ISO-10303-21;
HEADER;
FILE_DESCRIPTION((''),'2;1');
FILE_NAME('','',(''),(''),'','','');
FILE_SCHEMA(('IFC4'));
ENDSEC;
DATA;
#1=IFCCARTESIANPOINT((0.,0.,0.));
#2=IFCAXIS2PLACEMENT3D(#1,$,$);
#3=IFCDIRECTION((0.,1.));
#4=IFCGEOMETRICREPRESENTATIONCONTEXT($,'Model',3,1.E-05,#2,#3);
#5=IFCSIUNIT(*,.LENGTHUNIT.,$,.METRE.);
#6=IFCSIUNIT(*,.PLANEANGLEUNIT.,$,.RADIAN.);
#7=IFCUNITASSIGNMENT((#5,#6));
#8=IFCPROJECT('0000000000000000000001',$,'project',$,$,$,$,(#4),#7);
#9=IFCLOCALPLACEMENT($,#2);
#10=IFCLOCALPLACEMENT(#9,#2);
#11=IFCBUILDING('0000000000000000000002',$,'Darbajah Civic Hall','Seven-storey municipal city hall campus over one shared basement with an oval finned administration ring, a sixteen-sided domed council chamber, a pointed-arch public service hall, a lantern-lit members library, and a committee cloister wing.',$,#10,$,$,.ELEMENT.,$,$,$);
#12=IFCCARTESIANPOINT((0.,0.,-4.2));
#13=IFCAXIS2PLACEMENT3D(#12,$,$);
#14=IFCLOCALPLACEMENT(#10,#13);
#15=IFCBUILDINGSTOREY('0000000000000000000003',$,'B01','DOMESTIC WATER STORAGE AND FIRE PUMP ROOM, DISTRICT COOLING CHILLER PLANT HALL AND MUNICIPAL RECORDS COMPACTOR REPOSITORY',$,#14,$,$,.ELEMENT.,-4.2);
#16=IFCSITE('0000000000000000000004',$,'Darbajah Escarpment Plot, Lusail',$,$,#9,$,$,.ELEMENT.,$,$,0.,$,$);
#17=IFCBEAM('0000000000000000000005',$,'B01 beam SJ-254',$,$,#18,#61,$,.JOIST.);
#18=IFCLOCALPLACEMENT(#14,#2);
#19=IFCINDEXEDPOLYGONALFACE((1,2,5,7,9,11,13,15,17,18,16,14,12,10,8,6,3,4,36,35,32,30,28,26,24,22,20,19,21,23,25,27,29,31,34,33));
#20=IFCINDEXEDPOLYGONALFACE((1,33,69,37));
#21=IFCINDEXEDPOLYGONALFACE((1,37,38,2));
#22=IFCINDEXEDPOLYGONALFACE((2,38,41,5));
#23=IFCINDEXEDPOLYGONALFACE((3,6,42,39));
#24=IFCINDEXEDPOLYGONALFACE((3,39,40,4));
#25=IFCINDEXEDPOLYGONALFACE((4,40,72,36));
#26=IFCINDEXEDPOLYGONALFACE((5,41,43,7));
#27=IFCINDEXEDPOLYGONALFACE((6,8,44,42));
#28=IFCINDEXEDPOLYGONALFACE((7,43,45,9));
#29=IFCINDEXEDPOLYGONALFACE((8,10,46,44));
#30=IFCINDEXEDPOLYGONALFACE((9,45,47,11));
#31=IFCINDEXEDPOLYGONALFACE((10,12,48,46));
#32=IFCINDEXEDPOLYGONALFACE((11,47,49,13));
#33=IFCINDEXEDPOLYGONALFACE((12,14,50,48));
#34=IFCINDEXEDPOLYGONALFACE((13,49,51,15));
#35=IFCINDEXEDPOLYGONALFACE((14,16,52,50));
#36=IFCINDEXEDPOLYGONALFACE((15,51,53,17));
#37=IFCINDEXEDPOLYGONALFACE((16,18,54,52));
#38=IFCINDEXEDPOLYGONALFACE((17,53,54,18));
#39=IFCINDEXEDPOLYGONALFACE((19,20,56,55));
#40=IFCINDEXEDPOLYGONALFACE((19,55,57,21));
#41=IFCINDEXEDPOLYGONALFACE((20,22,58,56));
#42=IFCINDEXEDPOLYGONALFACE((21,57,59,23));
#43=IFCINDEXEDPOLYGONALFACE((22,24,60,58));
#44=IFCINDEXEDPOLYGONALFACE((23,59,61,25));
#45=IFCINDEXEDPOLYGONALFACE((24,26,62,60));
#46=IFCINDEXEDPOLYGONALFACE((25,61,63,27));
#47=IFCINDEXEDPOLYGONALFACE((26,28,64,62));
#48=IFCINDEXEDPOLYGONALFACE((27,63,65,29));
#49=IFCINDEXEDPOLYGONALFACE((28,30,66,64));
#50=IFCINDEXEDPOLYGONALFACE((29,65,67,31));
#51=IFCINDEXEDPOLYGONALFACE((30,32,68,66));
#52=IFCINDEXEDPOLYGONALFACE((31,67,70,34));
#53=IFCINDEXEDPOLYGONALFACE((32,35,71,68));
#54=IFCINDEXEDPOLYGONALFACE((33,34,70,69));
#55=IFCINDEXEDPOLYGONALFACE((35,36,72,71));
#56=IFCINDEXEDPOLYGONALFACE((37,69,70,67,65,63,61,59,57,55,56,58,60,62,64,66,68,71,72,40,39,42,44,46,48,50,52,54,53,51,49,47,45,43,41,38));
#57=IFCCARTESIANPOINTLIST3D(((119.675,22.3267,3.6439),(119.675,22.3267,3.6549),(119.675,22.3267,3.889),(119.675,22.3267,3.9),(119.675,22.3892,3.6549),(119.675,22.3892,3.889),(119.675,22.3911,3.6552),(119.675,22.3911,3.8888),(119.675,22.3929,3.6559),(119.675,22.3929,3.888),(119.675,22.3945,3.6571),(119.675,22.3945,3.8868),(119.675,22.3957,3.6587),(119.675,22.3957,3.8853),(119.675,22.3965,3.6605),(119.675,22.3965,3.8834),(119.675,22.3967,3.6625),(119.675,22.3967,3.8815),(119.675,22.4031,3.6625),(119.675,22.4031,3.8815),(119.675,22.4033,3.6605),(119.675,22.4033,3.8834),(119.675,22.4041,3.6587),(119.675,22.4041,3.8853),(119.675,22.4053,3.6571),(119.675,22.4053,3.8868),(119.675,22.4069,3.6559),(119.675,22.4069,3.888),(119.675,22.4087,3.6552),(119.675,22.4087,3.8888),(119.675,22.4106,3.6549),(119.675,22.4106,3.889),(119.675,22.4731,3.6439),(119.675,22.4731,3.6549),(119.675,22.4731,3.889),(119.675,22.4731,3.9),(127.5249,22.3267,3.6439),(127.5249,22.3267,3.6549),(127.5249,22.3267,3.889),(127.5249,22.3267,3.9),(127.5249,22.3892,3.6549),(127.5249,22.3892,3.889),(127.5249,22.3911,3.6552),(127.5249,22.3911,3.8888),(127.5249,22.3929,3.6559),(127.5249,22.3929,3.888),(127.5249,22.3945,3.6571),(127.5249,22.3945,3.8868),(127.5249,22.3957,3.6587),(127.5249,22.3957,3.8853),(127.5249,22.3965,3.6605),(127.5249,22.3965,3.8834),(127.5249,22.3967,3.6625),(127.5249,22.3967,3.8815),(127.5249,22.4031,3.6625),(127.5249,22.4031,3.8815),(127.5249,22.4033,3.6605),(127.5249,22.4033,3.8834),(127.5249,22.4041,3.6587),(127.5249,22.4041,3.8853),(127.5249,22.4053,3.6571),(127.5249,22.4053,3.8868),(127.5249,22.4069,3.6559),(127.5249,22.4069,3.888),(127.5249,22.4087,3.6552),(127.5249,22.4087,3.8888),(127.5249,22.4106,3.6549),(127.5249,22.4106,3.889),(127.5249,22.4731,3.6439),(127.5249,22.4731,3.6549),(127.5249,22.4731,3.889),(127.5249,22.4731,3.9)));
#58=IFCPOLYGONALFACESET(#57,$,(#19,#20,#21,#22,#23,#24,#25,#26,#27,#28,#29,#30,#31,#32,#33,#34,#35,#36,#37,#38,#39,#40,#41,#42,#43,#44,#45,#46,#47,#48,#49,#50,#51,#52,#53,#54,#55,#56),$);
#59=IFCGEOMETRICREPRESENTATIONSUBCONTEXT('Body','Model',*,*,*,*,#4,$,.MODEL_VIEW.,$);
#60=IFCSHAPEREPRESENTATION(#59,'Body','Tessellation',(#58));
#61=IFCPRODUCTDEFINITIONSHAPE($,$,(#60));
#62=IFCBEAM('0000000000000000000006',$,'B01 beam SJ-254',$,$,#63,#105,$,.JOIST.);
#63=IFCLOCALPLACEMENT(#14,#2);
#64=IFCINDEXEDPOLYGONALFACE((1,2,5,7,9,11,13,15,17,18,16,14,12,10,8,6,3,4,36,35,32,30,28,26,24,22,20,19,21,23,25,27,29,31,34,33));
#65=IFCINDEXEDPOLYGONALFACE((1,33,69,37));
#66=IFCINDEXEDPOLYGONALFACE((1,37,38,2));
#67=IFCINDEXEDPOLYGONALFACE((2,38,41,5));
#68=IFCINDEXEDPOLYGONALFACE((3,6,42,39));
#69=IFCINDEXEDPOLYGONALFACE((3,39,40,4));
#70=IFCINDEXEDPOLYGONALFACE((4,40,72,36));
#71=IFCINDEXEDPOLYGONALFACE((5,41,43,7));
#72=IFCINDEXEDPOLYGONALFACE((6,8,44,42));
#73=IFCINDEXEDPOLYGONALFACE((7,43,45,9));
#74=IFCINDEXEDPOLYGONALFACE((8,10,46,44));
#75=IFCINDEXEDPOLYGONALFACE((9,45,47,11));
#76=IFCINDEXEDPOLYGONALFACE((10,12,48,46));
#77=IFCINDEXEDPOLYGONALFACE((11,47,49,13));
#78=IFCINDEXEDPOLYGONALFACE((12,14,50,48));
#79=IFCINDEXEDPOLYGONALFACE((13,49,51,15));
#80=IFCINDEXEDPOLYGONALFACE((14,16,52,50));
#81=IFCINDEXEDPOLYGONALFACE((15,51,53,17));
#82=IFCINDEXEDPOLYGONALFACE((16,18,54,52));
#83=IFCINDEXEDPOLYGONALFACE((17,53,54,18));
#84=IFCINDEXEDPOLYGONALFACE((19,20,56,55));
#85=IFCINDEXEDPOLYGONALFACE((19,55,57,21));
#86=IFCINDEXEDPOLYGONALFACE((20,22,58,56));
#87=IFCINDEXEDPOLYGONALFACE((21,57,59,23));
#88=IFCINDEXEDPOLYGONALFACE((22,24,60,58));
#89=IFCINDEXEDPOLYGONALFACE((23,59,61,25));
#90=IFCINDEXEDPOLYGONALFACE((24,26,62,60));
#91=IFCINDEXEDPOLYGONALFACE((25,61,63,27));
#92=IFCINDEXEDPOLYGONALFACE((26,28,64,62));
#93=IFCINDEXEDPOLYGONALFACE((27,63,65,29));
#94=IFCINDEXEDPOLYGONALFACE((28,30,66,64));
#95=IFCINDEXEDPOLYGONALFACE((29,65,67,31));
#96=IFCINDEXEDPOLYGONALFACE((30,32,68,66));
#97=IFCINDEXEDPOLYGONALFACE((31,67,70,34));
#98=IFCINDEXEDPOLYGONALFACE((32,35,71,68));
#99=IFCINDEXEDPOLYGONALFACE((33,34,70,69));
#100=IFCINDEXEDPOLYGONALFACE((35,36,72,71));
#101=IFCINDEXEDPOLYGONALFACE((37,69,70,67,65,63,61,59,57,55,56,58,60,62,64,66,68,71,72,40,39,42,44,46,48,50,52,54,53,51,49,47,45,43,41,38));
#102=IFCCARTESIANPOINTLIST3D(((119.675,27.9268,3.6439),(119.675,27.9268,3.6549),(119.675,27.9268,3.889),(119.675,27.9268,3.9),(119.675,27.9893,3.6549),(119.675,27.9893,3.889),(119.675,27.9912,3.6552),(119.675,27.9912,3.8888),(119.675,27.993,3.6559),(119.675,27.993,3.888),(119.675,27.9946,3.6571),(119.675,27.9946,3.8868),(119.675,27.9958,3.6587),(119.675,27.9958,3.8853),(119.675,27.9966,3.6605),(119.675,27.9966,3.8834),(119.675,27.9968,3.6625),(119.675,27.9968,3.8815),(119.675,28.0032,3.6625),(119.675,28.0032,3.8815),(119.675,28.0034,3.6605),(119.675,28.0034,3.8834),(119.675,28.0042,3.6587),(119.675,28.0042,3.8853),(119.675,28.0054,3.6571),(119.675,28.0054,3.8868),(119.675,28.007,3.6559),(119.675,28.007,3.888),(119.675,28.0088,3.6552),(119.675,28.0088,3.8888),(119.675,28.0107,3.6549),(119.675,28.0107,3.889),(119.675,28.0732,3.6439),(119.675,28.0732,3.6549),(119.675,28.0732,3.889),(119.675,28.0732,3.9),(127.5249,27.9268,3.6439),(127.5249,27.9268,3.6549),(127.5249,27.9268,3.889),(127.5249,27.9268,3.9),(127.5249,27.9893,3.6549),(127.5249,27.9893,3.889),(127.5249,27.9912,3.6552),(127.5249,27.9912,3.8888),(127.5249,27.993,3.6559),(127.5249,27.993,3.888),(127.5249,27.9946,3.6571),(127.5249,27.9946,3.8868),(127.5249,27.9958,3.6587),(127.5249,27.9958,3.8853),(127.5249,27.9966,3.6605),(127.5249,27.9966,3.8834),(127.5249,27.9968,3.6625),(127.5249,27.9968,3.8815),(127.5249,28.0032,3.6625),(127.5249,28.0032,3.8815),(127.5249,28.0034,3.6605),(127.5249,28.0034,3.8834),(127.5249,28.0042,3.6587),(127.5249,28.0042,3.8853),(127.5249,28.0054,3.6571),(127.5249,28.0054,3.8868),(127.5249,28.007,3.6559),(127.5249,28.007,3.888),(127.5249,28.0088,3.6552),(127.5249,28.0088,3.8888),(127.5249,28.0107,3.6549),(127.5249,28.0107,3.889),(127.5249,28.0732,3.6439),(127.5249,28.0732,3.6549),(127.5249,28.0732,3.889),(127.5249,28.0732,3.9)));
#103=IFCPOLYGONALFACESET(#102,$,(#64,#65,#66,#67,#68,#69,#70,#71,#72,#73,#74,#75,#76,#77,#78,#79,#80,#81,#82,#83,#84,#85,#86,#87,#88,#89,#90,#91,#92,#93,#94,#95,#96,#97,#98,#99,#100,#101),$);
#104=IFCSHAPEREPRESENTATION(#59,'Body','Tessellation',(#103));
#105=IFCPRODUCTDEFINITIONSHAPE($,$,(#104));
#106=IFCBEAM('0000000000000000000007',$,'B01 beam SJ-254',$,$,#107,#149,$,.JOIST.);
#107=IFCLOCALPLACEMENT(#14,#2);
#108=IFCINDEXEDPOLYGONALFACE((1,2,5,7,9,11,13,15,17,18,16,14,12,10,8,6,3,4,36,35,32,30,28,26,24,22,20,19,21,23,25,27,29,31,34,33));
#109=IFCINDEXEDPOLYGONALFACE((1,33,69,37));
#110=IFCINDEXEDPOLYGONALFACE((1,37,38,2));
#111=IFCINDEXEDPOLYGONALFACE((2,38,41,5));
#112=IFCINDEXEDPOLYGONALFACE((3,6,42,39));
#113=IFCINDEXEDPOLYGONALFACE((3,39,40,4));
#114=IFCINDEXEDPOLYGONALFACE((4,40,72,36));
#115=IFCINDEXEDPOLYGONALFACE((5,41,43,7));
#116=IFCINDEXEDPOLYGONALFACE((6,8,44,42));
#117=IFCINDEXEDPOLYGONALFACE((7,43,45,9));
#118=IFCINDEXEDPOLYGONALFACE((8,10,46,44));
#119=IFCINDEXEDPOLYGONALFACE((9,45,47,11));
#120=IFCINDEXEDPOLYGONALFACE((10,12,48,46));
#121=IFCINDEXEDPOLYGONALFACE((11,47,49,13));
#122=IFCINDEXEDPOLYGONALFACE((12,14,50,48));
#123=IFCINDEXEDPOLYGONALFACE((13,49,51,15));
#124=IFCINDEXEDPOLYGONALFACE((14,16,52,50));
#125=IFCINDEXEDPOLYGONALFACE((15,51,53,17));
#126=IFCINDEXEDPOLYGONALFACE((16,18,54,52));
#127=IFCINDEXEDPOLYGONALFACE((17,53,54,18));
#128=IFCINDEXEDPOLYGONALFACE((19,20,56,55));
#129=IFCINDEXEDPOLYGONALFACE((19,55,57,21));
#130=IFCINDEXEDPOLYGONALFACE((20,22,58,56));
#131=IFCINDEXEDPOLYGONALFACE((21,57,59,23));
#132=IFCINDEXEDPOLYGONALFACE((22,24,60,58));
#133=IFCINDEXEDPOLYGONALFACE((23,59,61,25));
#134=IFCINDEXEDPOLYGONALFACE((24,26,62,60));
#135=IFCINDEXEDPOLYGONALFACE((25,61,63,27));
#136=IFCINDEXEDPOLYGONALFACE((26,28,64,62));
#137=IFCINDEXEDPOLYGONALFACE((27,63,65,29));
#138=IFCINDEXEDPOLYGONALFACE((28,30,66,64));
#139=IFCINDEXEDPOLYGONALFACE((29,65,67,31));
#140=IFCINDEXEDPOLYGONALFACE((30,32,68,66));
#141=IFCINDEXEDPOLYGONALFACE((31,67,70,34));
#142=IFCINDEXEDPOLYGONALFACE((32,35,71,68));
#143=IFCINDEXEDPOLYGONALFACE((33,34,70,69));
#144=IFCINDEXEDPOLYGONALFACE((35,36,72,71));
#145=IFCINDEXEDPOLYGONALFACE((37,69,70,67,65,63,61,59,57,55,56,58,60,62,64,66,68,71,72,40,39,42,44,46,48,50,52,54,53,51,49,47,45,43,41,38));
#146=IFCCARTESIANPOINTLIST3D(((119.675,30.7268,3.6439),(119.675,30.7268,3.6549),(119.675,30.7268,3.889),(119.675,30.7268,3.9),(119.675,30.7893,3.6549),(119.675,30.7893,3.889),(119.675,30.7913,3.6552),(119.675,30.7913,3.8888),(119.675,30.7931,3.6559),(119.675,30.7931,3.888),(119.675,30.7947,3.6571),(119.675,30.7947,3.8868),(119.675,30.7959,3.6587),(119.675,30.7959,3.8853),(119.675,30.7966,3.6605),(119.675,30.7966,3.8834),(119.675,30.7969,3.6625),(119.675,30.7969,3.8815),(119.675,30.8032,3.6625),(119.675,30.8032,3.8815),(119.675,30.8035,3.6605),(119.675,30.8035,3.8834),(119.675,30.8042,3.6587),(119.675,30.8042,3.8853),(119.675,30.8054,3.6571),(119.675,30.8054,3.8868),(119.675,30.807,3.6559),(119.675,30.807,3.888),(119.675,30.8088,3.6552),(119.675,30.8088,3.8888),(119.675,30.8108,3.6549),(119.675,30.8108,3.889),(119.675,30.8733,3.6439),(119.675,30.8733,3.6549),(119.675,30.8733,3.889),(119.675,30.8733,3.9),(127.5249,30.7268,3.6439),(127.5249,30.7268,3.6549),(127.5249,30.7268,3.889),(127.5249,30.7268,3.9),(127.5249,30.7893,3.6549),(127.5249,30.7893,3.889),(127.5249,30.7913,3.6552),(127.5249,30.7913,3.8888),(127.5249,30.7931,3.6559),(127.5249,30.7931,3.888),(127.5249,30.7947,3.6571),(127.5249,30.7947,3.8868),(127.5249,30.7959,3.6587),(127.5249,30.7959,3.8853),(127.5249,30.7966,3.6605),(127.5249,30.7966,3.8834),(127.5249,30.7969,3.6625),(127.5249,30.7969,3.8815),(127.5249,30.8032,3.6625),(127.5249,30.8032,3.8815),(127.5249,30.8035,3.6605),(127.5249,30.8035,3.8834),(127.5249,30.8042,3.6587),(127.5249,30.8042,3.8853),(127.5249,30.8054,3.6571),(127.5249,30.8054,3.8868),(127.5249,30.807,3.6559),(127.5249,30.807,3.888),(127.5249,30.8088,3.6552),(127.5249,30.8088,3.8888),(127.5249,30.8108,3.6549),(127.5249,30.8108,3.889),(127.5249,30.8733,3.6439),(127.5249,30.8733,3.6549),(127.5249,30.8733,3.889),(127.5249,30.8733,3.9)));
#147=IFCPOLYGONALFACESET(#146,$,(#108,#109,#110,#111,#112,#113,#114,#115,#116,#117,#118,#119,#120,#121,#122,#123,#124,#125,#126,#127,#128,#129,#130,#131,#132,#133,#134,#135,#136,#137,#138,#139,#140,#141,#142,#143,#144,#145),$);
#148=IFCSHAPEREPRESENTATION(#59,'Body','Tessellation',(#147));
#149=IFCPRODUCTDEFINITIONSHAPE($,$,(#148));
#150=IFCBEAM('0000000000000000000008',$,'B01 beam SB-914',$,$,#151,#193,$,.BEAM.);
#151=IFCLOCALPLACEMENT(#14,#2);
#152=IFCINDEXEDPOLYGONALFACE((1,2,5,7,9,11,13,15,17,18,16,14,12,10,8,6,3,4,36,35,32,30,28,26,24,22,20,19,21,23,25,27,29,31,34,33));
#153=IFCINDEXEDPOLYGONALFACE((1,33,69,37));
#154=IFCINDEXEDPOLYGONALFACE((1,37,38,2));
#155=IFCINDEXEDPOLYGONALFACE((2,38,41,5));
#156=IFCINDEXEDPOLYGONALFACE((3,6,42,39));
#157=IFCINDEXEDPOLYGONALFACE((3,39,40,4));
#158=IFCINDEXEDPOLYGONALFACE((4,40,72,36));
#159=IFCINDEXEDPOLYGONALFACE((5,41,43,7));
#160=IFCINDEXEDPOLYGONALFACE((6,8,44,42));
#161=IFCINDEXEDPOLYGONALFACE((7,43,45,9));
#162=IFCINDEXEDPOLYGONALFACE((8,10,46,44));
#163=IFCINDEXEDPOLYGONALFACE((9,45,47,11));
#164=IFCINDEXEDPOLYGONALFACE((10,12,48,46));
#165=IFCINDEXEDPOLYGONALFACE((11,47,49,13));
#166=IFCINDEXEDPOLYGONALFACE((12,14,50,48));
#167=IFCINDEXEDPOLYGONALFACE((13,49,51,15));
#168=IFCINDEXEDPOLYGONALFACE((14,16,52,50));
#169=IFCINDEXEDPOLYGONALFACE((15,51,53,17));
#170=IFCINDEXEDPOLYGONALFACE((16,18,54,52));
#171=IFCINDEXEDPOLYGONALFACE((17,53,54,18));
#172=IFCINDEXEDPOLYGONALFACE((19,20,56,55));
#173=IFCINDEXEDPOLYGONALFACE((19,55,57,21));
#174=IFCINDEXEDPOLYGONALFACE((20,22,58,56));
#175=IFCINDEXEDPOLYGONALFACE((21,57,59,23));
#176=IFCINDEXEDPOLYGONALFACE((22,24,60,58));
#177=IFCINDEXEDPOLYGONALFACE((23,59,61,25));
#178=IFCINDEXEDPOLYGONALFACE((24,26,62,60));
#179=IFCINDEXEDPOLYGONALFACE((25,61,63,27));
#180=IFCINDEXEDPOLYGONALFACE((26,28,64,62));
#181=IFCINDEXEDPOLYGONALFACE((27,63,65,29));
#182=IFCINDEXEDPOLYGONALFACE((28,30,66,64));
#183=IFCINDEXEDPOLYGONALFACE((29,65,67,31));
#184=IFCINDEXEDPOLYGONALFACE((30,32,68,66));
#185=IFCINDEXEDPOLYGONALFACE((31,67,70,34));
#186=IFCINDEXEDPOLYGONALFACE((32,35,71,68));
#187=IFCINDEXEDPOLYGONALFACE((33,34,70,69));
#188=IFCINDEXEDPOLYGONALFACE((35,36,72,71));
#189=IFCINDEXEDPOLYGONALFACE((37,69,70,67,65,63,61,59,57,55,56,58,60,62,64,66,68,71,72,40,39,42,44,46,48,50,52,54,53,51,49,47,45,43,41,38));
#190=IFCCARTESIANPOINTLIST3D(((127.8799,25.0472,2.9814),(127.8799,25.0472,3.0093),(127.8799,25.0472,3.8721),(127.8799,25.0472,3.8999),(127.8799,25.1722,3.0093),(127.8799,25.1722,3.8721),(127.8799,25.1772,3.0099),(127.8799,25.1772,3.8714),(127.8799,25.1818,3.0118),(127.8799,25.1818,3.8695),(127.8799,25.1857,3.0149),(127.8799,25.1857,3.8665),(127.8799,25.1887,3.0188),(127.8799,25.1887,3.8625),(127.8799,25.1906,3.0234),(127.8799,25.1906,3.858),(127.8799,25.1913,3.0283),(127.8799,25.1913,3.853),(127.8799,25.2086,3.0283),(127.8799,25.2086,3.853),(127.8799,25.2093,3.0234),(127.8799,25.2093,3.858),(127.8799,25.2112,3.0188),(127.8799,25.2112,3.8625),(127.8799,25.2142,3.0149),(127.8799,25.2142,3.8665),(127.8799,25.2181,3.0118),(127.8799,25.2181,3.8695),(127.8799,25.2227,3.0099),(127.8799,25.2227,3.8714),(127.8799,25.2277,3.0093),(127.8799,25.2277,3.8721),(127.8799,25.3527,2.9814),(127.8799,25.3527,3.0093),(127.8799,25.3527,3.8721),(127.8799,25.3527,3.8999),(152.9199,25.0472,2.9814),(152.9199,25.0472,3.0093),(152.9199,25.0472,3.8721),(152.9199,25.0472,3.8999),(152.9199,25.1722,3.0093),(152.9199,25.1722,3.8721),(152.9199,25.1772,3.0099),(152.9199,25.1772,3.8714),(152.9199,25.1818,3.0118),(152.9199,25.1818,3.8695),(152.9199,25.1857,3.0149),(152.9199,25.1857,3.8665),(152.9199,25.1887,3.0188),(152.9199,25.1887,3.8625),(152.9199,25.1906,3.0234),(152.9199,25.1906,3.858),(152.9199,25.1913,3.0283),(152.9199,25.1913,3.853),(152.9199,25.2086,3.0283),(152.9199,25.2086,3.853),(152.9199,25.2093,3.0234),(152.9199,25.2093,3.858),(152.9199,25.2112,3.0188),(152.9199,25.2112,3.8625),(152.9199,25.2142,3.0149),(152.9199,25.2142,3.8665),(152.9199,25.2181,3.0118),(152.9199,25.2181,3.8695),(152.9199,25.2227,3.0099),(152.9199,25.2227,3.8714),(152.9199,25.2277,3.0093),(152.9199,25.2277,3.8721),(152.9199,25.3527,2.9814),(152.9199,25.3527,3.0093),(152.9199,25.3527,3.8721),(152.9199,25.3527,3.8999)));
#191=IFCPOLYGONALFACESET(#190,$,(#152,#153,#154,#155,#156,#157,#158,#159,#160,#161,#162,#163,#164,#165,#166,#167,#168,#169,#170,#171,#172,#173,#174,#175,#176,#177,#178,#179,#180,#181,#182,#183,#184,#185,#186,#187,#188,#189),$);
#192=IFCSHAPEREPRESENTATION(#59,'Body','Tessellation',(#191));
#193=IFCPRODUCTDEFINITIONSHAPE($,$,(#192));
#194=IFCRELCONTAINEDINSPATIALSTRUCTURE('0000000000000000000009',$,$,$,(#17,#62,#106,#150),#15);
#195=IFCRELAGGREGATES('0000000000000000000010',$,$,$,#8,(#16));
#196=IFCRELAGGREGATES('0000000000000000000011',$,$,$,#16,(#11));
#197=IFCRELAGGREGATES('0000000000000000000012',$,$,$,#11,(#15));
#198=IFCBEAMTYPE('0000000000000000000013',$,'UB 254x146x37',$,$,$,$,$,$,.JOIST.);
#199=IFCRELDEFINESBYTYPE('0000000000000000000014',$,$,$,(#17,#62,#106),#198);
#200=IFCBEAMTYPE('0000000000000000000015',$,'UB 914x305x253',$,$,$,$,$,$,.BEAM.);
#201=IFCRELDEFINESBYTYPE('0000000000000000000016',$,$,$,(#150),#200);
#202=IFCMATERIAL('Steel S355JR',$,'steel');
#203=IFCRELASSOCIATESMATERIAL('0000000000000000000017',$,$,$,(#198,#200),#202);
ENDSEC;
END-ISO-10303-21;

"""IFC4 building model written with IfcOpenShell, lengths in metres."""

from ifc_helpers import new_model, si_unit, direction, frame, origin, origin_2d, place, context, subcontext, project, spatial, i_section, extrude, material, material_profile, profile_set, type_object, element, save


model = new_model("IFC4")

# Units and contexts
model_context = context("Model", 3, precision=1e-05, world=origin(), true_north=direction((0.0, 1.0)))
body_context = subcontext(model_context, "Body", "Model", "MODEL_VIEW")
ifc_project = project(units=[si_unit("LENGTHUNIT", "METRE"), si_unit("PLANEANGLEUNIT", "RADIAN")], contexts=[model_context])

# Site, building, storey
site_placement = place(None, origin())
site = spatial("IfcSite", under=ifc_project, at=site_placement, Name="Darbajah Escarpment Plot, Lusail", CompositionType="ELEMENT", RefElevation=0.0)
building_placement = place(site_placement, origin())
building = spatial("IfcBuilding", under=site, at=building_placement, Name="Darbajah Civic Hall", Description="Seven-storey municipal city hall campus over one shared basement with an oval finned administration ring, a sixteen-sided domed council chamber, a pointed-arch public service hall, a lantern-lit members library, and a committee cloister wing.", CompositionType="ELEMENT")
storey_placement = place(building_placement, frame((0.0, 0.0, -4.2)))
storey = spatial("IfcBuildingStorey", under=building, at=storey_placement, Name="B01", Description="DOMESTIC WATER STORAGE AND FIRE PUMP ROOM, DISTRICT COOLING CHILLER PLANT HALL AND MUNICIPAL RECORDS COMPACTOR REPOSITORY", CompositionType="ELEMENT", Elevation=-4.2)

# Shared definitions
ifc_material_1 = material(Name="Steel S355JR", Category="steel")

# Beams
ifc_material_profile_1 = material_profile(ifc_material_1, i_section(OverallWidth=0.1465, OverallDepth=0.2561, WebThickness=0.0063, FlangeThickness=0.011, FilletRadius=0.0076, at=origin_2d()), Name="UB 254x146x37")
ifc_profile_set_1 = profile_set([ifc_material_profile_1], Name="Steel S355JR")
beam_type_1 = type_object("IfcBeamType", Name="UB 254x146x37", PredefinedType="JOIST", material=ifc_profile_set_1)
for number, where, z_axis, x_axis, name in (
    (1, (119.675, 22.3999, 3.772), (1.0, 0.0, 0.0), (0.0, 1.0, 0.0), "B01 beam SJ-254"),
    (2, (119.675, 28.0, 3.772), (1.0, 0.0, 0.0), (0.0, 1.0, 0.0), "B01 beam SJ-254"),
    (3, (119.675, 30.8, 3.772), (1.0, 0.0, 0.0), (0.0, 1.0, 0.0), "B01 beam SJ-254"),
):
    element("IfcBeam", number, at=place(storey_placement, frame(where, z_axis=z_axis, x_axis=x_axis)), inside=storey, type_object=beam_type_1, Name=name, PredefinedType="JOIST", context=body_context, shape_type="SweptSolid", body=[
        extrude(i_section(OverallWidth=0.1465, OverallDepth=0.2561, WebThickness=0.0063, FlangeThickness=0.011, FilletRadius=0.0076, at=origin_2d()), origin(), (0.0, 0.0, 1.0), 7.8499),
    ])
ifc_material_profile_2 = material_profile(ifc_material_1, i_section(OverallWidth=0.3054, OverallDepth=0.9185, WebThickness=0.0173, FlangeThickness=0.0278, FilletRadius=0.019, at=origin_2d()), Name="UB 914x305x253")
ifc_profile_set_2 = profile_set([ifc_material_profile_2], Name="Steel S355JR")
beam_type_2 = type_object("IfcBeamType", Name="UB 914x305x253", PredefinedType="BEAM", material=ifc_profile_set_2)
beam_1_placement = place(storey_placement, frame((127.8799, 25.2, 3.4407), z_axis=(1.0, 0.0, 0.0), x_axis=(0.0, 1.0, 0.0)))
element("IfcBeam", 4, at=beam_1_placement, inside=storey, type_object=beam_type_2, Name="B01 beam SB-914", PredefinedType="BEAM", context=body_context, shape_type="SweptSolid", body=[
    extrude(i_section(OverallWidth=0.3054, OverallDepth=0.9185, WebThickness=0.0173, FlangeThickness=0.0278, FilletRadius=0.019, at=origin_2d()), origin(), (0.0, 0.0, 1.0), 25.04),
])

save(model, "model.ifc")
